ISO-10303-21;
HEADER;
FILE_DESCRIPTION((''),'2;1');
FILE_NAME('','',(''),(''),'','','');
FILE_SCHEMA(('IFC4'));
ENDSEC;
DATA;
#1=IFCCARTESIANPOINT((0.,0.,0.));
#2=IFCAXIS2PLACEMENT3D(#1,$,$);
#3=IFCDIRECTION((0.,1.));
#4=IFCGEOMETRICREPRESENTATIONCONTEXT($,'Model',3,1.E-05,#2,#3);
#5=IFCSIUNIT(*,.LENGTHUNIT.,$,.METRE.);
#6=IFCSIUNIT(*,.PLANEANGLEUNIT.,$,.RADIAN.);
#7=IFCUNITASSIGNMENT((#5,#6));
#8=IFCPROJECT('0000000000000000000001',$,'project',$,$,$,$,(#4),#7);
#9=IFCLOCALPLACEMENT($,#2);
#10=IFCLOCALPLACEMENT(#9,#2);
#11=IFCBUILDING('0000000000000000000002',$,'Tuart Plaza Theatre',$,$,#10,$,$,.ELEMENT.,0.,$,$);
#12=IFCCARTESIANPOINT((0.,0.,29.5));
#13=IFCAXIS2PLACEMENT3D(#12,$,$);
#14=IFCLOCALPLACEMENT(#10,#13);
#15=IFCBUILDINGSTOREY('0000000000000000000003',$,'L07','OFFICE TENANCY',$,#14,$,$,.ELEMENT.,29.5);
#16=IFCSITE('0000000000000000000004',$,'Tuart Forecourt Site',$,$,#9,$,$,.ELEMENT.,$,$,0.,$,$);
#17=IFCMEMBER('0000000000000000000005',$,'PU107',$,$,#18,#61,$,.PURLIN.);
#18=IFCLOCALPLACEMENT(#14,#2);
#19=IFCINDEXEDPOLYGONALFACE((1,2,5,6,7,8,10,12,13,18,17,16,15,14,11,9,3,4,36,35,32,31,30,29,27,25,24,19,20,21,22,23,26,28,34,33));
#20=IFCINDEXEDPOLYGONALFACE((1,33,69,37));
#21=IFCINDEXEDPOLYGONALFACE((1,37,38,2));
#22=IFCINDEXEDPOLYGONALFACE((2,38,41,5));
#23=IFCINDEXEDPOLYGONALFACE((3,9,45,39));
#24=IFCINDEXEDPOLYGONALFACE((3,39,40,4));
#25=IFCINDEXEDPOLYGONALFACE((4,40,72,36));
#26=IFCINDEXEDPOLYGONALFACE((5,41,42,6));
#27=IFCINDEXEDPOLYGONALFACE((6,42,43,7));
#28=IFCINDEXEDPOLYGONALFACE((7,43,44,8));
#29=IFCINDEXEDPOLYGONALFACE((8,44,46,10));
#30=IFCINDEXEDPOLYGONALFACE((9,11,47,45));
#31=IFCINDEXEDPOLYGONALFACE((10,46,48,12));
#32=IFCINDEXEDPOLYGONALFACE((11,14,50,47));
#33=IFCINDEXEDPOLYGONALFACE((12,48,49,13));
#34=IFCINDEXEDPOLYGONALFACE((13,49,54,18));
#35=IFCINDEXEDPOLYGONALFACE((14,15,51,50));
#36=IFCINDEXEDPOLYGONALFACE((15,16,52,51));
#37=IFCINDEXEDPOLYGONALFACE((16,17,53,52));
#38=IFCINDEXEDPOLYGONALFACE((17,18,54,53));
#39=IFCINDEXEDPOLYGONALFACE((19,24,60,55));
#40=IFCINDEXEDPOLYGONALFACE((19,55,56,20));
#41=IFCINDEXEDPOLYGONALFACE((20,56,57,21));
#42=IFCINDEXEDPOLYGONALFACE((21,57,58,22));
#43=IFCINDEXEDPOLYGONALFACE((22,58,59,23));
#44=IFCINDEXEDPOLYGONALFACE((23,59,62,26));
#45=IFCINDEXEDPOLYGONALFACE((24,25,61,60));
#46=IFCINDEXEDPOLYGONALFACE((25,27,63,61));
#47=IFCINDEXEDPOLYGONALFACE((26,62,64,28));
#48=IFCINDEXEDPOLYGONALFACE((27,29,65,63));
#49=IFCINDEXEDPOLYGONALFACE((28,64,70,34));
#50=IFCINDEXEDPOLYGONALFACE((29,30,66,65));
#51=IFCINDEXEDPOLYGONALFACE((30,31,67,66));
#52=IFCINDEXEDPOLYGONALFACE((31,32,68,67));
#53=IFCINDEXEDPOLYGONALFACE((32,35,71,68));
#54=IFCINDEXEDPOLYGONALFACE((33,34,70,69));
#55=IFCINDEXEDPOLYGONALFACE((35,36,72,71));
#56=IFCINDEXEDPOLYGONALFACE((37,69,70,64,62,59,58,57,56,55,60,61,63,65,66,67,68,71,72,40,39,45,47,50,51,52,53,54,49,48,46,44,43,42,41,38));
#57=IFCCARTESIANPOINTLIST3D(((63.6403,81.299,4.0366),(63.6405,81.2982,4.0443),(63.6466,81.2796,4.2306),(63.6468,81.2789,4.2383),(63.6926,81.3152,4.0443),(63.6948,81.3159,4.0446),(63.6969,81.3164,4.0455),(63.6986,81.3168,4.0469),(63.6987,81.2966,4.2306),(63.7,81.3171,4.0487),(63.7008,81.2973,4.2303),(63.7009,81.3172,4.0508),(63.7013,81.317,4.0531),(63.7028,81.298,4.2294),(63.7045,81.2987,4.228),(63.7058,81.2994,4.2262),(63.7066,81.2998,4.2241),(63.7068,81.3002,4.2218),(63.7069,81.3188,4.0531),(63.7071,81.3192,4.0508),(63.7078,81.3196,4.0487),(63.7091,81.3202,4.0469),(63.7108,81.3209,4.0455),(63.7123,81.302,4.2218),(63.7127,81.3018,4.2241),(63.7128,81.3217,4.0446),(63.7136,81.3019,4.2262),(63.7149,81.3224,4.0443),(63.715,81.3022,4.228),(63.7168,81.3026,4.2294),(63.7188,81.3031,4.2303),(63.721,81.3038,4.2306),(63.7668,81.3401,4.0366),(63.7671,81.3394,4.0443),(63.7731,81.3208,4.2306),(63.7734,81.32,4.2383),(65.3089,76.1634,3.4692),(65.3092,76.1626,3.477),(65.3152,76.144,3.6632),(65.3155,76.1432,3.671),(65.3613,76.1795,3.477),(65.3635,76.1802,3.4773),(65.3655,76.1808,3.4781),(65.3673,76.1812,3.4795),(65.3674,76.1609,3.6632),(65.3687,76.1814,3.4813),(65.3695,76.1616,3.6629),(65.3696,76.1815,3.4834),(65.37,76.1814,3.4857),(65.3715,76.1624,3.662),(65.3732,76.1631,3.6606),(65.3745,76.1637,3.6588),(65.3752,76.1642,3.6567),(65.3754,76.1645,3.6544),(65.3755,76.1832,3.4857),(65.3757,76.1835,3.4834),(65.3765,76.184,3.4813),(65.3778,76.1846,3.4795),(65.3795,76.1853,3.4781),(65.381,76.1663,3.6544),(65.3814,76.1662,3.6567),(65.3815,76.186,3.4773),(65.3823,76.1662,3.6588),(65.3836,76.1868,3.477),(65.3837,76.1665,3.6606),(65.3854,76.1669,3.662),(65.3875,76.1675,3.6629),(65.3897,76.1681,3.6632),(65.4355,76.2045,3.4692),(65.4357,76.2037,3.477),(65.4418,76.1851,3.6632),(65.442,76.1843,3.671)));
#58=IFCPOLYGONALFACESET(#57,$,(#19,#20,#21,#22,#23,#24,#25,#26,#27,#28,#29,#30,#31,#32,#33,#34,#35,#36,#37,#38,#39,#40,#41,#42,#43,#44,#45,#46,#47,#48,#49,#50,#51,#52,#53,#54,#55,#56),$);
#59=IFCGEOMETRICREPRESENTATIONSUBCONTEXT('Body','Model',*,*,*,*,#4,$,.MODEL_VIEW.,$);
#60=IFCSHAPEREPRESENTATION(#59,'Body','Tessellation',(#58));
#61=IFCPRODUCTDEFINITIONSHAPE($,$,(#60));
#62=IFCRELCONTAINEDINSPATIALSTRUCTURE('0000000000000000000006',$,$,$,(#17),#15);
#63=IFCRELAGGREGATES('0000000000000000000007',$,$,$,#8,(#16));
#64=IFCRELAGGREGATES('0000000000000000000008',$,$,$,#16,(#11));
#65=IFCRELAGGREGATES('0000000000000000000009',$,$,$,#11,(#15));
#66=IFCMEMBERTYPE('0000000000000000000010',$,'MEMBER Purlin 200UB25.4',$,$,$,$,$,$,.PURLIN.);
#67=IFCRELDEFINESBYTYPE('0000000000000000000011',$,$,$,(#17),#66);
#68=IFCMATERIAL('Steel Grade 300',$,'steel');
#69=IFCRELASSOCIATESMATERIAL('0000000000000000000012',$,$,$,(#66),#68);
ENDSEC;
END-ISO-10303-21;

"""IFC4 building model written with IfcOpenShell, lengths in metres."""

from ifc_helpers import new_model, si_unit, direction, frame, origin, origin_2d, place, context, subcontext, project, spatial, i_section, extrude, material, material_profile, profile_set, type_object, element, save


model = new_model("IFC4")

# Units and contexts
model_context = context("Model", 3, precision=1e-05, world=origin(), true_north=direction((0.0, 1.0)))
body_context = subcontext(model_context, "Body", "Model", "MODEL_VIEW")
ifc_project = project(units=[si_unit("LENGTHUNIT", "METRE"), si_unit("PLANEANGLEUNIT", "RADIAN")], contexts=[model_context])

# Site, building, storey
site_placement = place(None, origin())
site = spatial("IfcSite", under=ifc_project, at=site_placement, Name="Tuart Forecourt Site", CompositionType="ELEMENT", RefElevation=0.0)
building_placement = place(site_placement, origin())
building = spatial("IfcBuilding", under=site, at=building_placement, Name="Tuart Plaza Theatre", CompositionType="ELEMENT", ElevationOfRefHeight=0.0)
storey_placement = place(building_placement, frame((0.0, 0.0, 29.5)))
storey = spatial("IfcBuildingStorey", under=building, at=storey_placement, Name="L07", Description="OFFICE TENANCY", CompositionType="ELEMENT", Elevation=29.5)

# Member
ifc_material_1 = material(Name="Steel Grade 300", Category="steel")
ifc_material_profile_1 = material_profile(ifc_material_1, i_section(OverallWidth=0.1331, OverallDepth=0.2029, WebThickness=0.0059, FlangeThickness=0.0078, FilletRadius=0.0088, at=origin_2d()), Name="200UB25.4")
ifc_profile_set_1 = profile_set([ifc_material_profile_1], Name="Steel Grade 300")
member_type_1 = type_object("IfcMemberType", Name="MEMBER Purlin 200UB25.4", PredefinedType="PURLIN", material=ifc_profile_set_1)
for number, where, z_axis, x_axis, name in (
    (1, (65.3755, 76.1738, 3.5701), (-0.307325, 0.94585, 0.104495), (-0.951057, -0.309017, 0.0), "PU107"),
):
    element("IfcMember", number, at=place(storey_placement, frame(where, z_axis=z_axis, x_axis=x_axis)), inside=storey, type_object=member_type_1, Name=name, PredefinedType="PURLIN", context=body_context, shape_type="SweptSolid", body=[
        extrude(i_section(OverallWidth=0.1331, OverallDepth=0.2029, WebThickness=0.0059, FlangeThickness=0.0078, FilletRadius=0.0088, at=origin_2d()), origin(), (0.0, 0.0, 1.0), 5.4297),
    ])

save(model, "model.ifc")
